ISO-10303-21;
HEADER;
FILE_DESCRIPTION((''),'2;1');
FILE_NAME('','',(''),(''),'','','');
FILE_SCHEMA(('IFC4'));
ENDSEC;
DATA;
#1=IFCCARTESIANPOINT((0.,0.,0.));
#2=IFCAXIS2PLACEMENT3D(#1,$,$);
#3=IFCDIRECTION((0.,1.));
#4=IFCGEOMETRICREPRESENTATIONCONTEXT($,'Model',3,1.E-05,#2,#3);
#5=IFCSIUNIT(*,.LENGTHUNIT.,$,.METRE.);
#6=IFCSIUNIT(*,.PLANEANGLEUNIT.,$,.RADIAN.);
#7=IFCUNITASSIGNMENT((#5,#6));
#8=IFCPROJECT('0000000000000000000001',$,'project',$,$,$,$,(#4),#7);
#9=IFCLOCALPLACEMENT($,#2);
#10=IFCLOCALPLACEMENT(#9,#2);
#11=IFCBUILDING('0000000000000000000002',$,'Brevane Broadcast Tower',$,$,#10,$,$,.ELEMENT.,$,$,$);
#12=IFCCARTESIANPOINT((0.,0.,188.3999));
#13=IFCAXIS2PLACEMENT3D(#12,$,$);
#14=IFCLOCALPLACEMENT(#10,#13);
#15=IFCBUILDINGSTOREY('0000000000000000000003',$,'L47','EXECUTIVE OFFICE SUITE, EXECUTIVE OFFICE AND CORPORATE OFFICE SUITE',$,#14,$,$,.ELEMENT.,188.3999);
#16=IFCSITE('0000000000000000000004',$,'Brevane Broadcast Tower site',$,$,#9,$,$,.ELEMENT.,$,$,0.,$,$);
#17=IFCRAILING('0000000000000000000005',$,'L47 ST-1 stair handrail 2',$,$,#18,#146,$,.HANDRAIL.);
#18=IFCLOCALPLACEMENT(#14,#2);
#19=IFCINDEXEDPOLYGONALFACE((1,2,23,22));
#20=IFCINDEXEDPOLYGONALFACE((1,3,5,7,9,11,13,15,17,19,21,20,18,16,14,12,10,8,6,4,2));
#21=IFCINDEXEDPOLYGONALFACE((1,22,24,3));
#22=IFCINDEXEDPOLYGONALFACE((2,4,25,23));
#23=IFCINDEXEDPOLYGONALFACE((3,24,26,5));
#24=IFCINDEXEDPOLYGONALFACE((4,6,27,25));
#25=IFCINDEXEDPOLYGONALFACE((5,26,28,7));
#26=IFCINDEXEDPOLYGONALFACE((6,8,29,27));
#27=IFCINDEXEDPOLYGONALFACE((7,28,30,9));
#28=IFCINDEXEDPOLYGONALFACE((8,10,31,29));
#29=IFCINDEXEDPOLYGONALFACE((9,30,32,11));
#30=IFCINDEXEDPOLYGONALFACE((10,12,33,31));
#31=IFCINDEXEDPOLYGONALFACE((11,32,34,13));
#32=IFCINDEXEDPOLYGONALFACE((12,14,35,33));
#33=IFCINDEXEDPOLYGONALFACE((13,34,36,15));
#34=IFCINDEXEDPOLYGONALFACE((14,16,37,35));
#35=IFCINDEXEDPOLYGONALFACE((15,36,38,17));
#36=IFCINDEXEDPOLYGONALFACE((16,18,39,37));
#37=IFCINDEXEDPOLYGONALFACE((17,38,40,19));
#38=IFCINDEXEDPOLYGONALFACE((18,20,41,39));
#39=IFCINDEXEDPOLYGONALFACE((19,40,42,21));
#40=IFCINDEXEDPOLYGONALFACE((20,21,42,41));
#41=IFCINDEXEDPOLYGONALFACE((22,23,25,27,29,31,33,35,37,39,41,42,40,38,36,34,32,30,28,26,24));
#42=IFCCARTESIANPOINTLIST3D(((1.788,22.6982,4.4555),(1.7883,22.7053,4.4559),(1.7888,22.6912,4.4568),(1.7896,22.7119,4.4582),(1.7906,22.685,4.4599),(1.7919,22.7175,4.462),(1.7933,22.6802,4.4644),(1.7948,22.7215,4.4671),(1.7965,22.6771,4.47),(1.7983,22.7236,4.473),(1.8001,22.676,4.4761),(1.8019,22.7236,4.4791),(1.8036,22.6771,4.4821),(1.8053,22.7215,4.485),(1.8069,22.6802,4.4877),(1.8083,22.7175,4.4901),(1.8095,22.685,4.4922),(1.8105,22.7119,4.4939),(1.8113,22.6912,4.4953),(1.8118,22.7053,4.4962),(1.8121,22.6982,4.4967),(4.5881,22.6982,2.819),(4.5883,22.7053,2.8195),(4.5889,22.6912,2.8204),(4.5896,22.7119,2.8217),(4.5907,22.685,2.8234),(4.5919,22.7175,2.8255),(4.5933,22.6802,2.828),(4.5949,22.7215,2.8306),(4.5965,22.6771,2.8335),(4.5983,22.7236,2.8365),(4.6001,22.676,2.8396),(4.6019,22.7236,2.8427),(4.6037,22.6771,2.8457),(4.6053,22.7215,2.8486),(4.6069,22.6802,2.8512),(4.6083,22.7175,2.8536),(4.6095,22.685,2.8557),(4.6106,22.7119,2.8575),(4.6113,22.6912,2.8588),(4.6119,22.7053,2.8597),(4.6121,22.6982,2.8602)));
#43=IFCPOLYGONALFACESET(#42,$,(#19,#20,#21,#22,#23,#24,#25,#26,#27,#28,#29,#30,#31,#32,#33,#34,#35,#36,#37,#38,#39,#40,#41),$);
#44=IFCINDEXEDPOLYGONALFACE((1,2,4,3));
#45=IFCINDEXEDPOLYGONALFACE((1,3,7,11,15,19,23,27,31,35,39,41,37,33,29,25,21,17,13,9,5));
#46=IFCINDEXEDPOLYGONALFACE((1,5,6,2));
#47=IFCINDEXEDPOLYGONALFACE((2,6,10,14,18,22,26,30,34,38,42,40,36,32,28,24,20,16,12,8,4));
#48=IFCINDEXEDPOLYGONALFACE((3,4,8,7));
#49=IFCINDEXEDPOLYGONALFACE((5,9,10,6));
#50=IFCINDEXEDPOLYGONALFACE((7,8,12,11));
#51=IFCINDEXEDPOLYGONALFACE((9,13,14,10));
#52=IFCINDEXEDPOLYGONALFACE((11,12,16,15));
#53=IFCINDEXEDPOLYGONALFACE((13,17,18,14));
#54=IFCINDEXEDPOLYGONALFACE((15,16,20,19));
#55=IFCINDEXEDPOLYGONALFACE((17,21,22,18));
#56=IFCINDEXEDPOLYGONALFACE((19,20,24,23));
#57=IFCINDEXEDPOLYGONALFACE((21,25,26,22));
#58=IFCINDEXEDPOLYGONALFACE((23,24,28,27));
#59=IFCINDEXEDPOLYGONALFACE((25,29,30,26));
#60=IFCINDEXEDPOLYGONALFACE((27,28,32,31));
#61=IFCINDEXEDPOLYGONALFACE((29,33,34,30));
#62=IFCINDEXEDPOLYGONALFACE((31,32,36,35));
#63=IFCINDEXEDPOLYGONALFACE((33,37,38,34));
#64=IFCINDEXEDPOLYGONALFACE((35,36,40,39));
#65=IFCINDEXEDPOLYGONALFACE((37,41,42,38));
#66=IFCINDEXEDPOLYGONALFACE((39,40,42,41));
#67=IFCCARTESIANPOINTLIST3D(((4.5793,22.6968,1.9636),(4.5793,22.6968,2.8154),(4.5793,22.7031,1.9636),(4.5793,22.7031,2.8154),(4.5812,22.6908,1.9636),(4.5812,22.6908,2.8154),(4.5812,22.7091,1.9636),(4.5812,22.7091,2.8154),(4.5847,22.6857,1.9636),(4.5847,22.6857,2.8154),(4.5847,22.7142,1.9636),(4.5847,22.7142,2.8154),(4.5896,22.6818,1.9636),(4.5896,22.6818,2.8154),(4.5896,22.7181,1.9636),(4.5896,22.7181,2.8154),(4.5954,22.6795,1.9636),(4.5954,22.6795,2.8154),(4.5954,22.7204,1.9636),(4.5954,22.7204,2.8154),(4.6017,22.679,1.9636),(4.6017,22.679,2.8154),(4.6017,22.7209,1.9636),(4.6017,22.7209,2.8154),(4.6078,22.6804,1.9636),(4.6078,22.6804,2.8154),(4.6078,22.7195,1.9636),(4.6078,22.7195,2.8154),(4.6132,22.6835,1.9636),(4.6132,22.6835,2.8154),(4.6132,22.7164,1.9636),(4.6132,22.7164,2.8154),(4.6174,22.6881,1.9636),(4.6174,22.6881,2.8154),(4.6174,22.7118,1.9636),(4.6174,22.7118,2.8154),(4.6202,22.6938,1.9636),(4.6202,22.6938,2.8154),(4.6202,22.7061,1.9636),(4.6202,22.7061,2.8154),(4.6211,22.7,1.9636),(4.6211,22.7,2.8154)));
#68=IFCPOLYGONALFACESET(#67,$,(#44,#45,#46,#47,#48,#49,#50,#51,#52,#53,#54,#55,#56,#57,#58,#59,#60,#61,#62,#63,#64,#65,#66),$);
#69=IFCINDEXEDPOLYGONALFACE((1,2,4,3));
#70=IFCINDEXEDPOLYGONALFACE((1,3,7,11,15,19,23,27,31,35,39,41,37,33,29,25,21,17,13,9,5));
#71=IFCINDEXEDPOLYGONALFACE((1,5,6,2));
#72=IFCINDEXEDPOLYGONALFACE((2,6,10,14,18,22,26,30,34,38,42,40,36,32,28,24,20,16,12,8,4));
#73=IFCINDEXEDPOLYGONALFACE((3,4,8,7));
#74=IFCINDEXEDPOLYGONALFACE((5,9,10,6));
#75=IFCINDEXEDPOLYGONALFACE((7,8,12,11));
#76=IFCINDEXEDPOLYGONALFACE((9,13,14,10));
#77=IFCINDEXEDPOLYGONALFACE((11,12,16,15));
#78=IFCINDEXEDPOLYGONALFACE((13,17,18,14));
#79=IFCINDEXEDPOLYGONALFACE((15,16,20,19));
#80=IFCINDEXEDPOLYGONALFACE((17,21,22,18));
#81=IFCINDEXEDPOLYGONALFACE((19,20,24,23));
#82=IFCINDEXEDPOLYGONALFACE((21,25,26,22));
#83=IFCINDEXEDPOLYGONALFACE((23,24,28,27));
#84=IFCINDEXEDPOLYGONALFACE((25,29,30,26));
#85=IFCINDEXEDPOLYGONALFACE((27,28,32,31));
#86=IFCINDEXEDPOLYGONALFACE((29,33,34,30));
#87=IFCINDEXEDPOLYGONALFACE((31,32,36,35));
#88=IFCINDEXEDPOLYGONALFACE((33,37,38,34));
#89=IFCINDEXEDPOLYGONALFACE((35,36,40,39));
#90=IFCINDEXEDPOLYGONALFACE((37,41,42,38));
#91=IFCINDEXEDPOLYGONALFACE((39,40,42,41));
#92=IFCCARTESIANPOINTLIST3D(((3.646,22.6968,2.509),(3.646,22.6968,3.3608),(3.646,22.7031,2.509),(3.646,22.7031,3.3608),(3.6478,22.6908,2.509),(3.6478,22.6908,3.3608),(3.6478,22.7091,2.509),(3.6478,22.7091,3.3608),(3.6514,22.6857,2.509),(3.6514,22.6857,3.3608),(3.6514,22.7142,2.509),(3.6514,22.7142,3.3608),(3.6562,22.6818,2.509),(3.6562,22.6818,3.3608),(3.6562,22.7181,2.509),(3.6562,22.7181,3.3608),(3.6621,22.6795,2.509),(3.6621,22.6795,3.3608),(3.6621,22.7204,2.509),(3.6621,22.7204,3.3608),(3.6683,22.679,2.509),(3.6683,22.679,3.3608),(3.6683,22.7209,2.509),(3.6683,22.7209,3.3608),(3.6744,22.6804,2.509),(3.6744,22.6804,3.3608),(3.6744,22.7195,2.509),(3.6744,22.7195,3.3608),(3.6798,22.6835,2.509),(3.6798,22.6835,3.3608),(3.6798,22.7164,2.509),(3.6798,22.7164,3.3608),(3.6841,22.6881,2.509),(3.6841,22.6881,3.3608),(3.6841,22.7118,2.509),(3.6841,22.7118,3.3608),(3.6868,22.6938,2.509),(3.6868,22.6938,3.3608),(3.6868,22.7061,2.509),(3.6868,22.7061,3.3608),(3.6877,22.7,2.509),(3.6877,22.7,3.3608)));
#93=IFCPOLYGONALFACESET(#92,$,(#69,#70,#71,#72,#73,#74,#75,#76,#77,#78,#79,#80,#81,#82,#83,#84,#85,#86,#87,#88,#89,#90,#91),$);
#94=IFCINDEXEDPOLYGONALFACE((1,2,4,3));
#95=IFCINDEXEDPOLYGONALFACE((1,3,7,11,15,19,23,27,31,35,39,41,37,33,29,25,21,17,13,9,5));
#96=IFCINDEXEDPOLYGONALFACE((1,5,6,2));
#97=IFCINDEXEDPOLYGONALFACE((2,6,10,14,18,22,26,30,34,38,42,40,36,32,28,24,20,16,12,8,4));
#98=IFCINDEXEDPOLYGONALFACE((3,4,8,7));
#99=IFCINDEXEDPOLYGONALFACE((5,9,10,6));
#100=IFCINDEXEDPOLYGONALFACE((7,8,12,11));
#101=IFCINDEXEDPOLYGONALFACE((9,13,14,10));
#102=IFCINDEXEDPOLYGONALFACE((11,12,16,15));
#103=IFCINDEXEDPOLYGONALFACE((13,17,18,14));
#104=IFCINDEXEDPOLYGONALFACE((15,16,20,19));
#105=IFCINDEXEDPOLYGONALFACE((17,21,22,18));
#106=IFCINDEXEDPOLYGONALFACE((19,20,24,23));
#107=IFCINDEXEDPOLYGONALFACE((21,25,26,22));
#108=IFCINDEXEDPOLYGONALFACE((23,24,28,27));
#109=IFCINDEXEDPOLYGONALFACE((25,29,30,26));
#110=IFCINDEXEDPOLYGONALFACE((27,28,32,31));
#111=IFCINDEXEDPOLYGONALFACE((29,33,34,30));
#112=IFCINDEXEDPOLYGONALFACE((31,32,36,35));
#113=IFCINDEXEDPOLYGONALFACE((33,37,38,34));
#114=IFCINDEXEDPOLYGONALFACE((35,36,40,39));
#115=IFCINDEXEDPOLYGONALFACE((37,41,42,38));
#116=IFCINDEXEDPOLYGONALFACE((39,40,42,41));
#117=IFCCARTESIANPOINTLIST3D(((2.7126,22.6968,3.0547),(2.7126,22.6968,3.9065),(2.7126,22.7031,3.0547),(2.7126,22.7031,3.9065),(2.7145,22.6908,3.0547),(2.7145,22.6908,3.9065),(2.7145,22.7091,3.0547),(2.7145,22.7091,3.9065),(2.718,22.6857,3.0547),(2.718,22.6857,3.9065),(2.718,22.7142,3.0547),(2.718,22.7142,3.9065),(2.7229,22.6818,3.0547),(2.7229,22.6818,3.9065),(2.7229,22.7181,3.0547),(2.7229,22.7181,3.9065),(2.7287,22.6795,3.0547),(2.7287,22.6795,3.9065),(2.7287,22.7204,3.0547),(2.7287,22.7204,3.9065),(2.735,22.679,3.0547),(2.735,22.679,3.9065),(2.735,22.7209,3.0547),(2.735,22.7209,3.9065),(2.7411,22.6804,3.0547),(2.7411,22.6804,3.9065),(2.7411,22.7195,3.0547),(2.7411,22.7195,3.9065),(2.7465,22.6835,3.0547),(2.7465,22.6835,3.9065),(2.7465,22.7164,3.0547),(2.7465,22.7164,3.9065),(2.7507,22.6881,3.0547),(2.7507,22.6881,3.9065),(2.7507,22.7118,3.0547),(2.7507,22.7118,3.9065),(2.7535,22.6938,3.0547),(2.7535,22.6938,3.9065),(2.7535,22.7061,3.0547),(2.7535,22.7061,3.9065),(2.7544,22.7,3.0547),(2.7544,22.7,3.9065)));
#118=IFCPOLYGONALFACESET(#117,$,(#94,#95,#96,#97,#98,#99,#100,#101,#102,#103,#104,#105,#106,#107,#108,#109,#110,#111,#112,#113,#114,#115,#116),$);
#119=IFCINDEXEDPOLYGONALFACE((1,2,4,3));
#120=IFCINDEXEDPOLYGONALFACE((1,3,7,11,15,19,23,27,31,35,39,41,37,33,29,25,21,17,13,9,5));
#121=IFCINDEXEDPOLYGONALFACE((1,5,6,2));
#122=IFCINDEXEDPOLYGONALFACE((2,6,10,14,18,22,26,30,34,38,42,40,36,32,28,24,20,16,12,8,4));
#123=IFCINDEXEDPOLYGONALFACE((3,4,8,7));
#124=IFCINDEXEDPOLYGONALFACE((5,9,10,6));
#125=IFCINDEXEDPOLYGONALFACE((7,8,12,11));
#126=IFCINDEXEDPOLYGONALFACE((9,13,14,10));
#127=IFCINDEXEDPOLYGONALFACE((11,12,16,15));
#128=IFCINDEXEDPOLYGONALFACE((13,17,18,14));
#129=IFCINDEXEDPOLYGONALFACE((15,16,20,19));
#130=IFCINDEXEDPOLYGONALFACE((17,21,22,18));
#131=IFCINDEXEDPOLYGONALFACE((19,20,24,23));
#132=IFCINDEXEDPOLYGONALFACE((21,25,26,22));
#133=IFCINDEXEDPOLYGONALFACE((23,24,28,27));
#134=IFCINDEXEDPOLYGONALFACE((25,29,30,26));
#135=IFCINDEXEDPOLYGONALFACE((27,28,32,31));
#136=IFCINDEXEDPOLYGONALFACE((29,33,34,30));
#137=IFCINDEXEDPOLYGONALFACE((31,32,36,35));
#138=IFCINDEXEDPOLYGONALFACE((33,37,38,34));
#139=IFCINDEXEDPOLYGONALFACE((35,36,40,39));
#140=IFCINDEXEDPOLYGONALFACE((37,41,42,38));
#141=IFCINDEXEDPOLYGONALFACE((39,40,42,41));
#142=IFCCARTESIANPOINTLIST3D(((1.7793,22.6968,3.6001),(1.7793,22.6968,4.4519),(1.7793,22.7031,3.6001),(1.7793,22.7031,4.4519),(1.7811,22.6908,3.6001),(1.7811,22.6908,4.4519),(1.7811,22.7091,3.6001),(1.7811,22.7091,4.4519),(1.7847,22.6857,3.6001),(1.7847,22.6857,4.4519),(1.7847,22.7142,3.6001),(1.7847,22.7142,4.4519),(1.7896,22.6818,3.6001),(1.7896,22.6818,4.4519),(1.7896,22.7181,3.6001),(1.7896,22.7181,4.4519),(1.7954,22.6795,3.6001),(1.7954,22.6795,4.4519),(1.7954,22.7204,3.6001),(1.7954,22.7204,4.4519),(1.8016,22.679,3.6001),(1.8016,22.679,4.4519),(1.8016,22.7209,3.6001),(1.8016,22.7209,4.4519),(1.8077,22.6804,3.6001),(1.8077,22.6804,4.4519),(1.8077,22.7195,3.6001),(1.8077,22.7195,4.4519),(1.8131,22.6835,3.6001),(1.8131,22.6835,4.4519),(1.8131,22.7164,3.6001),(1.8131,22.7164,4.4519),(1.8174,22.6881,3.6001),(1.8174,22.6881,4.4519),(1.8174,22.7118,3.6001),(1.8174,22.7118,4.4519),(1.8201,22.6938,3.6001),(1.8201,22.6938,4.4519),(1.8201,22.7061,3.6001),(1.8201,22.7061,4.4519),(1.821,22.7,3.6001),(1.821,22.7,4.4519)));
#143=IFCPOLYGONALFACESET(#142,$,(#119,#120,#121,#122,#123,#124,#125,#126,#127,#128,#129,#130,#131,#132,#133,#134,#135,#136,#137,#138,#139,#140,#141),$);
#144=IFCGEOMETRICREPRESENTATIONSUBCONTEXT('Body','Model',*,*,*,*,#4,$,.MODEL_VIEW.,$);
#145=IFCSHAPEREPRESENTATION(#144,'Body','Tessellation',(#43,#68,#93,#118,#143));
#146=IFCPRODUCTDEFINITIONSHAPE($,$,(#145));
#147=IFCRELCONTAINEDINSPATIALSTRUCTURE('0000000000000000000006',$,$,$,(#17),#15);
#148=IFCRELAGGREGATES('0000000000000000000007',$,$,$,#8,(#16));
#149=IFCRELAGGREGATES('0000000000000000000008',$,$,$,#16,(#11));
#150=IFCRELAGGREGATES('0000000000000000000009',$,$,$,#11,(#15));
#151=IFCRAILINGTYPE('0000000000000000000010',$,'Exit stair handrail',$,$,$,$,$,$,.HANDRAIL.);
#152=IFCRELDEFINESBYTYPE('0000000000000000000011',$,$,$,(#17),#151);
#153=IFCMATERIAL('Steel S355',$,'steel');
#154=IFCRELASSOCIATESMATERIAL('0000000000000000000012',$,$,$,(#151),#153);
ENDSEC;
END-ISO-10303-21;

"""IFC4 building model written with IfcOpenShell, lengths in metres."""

from ifc_helpers import new_model, si_unit, direction, frame, origin, origin_2d, place, context, subcontext, project, spatial, circle, extrude, material, type_object, element, save


model = new_model("IFC4")

# Units and contexts
model_context = context("Model", 3, precision=1e-05, world=origin(), true_north=direction((0.0, 1.0)))
body_context = subcontext(model_context, "Body", "Model", "MODEL_VIEW")
ifc_project = project(units=[si_unit("LENGTHUNIT", "METRE"), si_unit("PLANEANGLEUNIT", "RADIAN")], contexts=[model_context])

# Site, building, storey
site_placement = place(None, origin())
site = spatial("IfcSite", under=ifc_project, at=site_placement, Name="Brevane Broadcast Tower site", CompositionType="ELEMENT", RefElevation=0.0)
building_placement = place(site_placement, origin())
building = spatial("IfcBuilding", under=site, at=building_placement, Name="Brevane Broadcast Tower", CompositionType="ELEMENT")
storey_placement = place(building_placement, frame((0.0, 0.0, 188.3999)))
storey = spatial("IfcBuildingStorey", under=building, at=storey_placement, Name="L47", Description="EXECUTIVE OFFICE SUITE, EXECUTIVE OFFICE AND CORPORATE OFFICE SUITE", CompositionType="ELEMENT", Elevation=188.3999)

# Railing
ifc_material_1 = material(Name="Steel S355", Category="steel")
railing_type_1 = type_object("IfcRailingType", Name="Exit stair handrail", PredefinedType="HANDRAIL", material=ifc_material_1)
railing_1_placement = place(storey_placement, frame((4.6001, 22.7, 1.9636)))
element("IfcRailing", 1, at=railing_1_placement, inside=storey, type_object=railing_type_1, Name="L47 ST-1 stair handrail 2", PredefinedType="HANDRAIL", context=body_context, shape_type="SweptSolid", body=[
    extrude(circle(Radius=0.0239, at=origin_2d()), frame((0.0, 0.0, 0.876), z_axis=(-0.863361, 0.0, 0.504587), x_axis=(0.0, -1.0, 0.0)), (0.0, 0.0, 1.0), 3.2432),
    extrude(circle(Radius=0.021, at=origin_2d()), origin(), (0.0, 0.0, 1.0), 0.8518),
    extrude(circle(Radius=0.021, at=origin_2d()), frame((-0.9333, 0.0, 0.5454)), (0.0, 0.0, 1.0), 0.8518),
    extrude(circle(Radius=0.021, at=origin_2d()), frame((-1.8667, 0.0, 1.0911)), (0.0, 0.0, 1.0), 0.8518),
    extrude(circle(Radius=0.021, at=origin_2d()), frame((-2.8, 0.0, 1.6365)), (0.0, 0.0, 1.0), 0.8518),
])

save(model, "model.ifc")
